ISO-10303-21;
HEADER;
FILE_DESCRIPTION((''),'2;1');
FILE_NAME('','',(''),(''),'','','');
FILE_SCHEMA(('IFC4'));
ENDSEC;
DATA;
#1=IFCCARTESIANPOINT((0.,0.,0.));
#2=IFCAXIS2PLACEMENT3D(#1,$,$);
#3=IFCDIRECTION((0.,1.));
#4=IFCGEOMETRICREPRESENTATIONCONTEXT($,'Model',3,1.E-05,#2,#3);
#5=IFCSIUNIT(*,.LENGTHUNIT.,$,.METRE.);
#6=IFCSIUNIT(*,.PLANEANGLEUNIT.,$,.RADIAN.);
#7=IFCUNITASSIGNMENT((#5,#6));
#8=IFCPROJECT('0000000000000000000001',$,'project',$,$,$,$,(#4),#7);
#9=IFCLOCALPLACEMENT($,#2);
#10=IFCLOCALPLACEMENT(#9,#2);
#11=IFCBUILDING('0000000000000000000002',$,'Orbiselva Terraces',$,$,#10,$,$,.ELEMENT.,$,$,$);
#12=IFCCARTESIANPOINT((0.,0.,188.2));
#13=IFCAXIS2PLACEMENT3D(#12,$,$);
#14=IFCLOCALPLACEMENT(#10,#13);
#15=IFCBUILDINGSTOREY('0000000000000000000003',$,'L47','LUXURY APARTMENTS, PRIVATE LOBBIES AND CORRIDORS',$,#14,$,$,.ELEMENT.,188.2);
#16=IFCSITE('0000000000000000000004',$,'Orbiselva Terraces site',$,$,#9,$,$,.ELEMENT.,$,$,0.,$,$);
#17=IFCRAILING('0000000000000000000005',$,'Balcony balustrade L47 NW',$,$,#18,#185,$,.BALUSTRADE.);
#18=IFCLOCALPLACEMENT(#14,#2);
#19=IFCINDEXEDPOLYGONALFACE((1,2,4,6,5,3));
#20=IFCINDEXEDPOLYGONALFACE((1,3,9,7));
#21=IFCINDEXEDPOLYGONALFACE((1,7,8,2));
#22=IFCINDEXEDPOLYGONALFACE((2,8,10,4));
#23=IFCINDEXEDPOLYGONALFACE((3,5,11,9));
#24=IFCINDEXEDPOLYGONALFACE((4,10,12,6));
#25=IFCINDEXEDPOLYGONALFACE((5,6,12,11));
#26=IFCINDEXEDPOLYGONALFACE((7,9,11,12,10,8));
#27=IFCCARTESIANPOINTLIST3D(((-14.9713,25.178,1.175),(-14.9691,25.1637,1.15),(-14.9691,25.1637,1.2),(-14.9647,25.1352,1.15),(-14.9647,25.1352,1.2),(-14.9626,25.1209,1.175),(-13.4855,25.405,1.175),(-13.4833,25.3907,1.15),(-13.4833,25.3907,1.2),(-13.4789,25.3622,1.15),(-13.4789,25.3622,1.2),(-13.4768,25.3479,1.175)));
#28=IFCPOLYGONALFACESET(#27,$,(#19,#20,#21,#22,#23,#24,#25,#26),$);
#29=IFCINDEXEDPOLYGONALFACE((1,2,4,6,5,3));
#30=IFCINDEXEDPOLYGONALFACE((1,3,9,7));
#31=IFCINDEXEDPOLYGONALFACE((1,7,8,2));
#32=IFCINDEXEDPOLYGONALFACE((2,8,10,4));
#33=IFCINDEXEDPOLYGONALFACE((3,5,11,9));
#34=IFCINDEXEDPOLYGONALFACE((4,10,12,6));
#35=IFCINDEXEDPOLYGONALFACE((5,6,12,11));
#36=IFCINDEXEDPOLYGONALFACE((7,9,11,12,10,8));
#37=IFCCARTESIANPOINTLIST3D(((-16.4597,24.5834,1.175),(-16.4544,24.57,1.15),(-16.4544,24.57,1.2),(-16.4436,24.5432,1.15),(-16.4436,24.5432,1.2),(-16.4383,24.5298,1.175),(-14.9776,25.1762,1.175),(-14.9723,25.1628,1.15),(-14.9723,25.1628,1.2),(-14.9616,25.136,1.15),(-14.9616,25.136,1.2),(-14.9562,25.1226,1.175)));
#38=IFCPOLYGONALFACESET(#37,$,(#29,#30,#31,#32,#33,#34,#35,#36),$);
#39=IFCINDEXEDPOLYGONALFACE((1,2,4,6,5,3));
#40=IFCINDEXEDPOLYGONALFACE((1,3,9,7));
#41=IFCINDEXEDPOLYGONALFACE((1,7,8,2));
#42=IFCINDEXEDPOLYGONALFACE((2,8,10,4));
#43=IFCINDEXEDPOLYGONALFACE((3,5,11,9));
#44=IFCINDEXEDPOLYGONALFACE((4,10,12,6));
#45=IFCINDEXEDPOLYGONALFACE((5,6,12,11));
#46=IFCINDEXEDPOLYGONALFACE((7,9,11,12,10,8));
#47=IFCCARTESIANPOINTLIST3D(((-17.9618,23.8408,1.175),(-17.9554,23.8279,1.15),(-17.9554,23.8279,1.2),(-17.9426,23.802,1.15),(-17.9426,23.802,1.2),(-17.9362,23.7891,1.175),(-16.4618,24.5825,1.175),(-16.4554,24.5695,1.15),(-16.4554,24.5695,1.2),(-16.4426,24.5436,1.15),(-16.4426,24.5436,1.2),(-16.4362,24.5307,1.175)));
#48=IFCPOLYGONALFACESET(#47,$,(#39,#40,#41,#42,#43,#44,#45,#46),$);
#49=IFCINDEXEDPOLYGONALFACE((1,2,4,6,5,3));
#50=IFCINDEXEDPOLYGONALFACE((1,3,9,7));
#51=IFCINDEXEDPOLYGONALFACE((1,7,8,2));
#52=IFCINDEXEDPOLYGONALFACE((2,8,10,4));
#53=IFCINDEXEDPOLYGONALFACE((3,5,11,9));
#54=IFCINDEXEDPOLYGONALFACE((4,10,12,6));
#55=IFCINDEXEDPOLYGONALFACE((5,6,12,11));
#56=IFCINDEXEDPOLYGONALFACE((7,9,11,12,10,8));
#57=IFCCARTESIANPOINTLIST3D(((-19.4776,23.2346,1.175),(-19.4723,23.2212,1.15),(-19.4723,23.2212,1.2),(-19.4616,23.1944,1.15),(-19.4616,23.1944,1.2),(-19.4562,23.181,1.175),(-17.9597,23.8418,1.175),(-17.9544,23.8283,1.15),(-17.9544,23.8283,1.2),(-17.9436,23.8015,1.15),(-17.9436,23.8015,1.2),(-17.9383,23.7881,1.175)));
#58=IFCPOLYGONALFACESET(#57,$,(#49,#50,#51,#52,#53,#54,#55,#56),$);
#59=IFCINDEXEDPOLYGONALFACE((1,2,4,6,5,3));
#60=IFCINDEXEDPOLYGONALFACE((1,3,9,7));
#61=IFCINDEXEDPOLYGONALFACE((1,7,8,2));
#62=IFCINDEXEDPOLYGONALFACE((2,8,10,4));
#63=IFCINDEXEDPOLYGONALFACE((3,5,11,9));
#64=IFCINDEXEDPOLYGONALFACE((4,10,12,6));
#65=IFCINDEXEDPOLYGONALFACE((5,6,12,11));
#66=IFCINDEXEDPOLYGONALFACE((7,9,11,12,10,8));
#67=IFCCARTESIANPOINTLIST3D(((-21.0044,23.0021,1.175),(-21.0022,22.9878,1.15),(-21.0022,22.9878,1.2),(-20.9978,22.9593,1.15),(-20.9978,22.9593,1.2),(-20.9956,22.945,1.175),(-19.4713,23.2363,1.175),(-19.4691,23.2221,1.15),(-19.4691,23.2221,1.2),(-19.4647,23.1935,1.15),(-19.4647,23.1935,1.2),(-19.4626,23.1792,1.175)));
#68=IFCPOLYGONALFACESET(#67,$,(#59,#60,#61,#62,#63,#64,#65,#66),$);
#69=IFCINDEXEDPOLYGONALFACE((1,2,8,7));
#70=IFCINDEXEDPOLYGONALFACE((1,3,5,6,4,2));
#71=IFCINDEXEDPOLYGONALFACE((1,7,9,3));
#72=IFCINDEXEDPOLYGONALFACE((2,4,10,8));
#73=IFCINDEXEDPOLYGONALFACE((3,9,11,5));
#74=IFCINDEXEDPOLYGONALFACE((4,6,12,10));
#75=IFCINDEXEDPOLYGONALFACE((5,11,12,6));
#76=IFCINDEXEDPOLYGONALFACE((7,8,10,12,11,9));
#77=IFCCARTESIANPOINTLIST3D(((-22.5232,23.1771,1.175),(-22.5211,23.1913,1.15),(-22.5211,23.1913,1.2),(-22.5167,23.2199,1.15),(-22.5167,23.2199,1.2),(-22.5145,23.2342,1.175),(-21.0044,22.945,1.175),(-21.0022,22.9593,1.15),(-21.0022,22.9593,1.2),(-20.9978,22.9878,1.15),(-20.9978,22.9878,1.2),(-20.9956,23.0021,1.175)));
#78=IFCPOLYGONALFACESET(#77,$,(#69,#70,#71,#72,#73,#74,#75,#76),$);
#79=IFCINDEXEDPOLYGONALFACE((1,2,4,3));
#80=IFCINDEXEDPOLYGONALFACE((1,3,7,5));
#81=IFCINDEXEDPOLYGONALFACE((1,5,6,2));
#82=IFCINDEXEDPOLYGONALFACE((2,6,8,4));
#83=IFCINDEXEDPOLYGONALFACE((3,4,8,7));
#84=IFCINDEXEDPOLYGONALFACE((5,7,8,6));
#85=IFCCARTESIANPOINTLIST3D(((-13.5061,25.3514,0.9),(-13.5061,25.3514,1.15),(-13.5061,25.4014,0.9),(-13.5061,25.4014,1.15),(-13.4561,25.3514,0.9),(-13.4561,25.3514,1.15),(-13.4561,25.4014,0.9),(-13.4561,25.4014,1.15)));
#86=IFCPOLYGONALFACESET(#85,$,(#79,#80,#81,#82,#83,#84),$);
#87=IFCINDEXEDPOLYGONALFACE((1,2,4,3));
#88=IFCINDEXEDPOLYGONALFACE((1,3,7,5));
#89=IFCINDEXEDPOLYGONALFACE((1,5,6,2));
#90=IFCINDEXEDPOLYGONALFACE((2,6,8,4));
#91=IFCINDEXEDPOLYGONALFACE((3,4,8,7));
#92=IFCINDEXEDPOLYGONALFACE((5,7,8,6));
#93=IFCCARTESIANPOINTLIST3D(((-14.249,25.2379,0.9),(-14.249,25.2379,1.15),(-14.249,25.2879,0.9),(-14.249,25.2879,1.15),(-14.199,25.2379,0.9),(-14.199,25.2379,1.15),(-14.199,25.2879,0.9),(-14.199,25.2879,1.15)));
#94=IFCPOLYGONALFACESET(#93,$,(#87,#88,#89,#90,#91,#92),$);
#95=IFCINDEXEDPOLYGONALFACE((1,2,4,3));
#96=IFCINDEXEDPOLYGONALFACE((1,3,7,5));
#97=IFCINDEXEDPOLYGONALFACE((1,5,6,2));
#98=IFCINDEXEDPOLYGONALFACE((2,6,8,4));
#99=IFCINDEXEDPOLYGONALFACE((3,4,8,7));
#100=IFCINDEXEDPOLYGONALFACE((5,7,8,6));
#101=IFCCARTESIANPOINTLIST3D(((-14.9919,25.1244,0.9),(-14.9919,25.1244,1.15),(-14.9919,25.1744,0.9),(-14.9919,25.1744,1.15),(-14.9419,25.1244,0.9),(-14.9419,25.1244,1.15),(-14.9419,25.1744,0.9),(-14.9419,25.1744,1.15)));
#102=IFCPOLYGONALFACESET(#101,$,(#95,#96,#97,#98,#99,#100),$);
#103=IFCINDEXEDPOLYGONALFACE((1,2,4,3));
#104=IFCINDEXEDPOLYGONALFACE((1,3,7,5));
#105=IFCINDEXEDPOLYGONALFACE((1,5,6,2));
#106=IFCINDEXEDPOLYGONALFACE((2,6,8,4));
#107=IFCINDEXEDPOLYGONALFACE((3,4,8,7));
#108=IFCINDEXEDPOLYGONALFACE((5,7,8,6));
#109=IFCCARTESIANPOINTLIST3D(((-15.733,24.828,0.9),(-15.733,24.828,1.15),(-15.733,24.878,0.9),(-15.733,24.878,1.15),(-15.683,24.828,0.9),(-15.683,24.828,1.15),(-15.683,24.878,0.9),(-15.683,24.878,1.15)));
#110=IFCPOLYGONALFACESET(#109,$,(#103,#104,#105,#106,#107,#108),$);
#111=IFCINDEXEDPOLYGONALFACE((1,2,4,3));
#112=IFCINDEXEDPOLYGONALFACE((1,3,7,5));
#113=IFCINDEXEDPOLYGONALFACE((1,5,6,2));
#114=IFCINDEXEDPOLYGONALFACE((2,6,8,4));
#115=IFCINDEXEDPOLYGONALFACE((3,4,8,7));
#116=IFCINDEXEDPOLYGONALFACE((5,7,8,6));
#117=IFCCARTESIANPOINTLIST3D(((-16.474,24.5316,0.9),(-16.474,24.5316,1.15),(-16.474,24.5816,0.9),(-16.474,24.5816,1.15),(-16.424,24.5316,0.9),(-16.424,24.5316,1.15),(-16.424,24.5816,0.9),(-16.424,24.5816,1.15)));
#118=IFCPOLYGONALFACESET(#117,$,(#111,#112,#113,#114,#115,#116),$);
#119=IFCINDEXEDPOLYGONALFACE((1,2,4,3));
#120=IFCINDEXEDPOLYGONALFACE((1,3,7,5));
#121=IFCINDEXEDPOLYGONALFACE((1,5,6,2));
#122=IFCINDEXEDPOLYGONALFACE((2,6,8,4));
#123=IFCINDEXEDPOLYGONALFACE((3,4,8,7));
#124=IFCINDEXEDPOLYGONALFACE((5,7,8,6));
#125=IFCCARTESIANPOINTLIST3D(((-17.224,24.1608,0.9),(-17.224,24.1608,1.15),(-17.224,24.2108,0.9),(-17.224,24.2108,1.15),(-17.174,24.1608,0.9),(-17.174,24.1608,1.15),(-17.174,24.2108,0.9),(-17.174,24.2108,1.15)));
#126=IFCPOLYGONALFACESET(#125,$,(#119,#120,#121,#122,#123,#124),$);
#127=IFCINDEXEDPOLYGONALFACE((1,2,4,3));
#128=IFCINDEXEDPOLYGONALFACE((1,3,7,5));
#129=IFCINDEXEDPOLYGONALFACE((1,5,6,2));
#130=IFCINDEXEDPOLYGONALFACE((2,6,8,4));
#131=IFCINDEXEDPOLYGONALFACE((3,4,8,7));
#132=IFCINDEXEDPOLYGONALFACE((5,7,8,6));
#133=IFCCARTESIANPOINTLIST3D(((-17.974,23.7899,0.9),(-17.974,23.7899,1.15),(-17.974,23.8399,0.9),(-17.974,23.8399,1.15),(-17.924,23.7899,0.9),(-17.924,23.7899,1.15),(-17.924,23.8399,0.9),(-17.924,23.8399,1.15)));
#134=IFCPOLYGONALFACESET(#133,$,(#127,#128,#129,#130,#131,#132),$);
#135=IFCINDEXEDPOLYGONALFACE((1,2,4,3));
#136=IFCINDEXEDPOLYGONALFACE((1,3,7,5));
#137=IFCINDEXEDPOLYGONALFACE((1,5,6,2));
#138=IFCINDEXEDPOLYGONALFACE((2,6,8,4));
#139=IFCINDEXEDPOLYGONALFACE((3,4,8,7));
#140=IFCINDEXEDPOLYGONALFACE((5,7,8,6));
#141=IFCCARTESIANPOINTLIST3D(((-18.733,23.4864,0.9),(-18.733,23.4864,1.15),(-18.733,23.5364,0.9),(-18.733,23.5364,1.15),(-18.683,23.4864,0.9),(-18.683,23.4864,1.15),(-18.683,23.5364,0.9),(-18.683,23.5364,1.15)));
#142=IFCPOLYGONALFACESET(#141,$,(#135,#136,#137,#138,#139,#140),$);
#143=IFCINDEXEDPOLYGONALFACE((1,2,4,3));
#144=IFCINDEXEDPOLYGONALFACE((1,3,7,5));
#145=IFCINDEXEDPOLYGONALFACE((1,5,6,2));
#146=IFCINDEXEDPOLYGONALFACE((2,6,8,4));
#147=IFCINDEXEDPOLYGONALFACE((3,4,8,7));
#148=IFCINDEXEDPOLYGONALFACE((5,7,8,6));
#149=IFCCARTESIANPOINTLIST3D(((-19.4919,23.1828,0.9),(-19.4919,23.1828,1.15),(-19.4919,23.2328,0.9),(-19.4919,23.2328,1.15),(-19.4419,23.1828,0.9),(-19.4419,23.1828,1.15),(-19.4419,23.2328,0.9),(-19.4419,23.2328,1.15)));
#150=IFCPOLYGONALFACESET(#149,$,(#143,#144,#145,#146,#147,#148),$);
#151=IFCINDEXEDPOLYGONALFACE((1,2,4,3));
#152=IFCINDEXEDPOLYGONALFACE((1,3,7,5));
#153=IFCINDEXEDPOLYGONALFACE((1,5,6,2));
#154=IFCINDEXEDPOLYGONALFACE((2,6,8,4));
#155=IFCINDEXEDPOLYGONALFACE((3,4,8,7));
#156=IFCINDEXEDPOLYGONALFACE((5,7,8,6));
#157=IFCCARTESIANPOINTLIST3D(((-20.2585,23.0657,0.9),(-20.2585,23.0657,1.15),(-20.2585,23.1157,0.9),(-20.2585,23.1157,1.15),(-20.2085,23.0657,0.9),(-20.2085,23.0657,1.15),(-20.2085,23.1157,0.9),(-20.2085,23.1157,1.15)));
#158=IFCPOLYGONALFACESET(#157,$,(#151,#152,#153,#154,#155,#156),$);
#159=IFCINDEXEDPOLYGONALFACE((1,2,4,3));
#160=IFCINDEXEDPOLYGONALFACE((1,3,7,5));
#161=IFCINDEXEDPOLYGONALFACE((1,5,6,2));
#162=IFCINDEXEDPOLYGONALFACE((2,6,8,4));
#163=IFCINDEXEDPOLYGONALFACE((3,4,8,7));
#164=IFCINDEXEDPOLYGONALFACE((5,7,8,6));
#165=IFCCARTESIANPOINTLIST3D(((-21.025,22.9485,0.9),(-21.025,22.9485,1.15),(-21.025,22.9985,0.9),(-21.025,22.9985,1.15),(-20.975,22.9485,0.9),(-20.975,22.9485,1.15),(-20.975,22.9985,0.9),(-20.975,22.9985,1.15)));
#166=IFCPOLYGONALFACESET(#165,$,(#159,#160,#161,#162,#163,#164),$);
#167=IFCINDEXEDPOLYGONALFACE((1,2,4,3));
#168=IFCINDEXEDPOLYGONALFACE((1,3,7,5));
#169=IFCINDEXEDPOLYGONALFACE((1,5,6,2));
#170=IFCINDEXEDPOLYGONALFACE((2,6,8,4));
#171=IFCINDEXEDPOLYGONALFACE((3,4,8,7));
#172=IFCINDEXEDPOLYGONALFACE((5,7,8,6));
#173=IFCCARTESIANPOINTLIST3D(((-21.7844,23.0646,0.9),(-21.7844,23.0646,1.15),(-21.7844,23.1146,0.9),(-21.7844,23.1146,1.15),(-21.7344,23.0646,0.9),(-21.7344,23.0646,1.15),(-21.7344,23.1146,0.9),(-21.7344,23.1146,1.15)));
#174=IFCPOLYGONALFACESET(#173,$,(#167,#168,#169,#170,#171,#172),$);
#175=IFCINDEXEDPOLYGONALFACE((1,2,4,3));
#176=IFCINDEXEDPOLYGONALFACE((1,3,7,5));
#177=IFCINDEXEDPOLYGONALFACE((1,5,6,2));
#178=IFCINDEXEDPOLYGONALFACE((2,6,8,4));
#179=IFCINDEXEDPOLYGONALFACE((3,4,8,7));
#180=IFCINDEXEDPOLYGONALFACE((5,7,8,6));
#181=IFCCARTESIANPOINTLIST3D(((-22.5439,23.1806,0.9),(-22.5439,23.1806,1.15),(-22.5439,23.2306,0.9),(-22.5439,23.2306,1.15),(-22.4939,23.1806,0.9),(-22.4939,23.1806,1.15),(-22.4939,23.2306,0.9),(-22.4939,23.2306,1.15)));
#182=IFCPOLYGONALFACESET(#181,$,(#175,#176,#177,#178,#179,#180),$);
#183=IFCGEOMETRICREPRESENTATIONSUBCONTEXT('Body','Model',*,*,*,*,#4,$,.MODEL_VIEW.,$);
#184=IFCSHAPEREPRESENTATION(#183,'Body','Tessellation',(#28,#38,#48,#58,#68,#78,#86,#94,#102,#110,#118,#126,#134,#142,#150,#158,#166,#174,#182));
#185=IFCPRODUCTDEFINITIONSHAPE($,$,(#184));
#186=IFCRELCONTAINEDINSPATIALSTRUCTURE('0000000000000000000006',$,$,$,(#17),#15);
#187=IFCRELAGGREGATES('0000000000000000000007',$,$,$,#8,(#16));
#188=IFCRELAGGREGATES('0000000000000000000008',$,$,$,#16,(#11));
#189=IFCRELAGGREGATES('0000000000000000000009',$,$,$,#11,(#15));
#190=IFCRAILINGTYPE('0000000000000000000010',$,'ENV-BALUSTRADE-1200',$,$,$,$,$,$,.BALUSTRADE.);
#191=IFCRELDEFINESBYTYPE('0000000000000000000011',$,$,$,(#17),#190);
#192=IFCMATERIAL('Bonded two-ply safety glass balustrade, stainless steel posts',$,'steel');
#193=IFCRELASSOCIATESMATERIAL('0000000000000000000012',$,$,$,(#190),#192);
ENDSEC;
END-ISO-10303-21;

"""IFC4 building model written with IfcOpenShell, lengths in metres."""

from ifc_helpers import new_model, si_unit, direction, frame, origin, origin_2d, place, context, subcontext, project, spatial, polyline, rectangle, outline, extrude, material, type_object, element, save


model = new_model("IFC4")

# Units and contexts
model_context = context("Model", 3, precision=1e-05, world=origin(), true_north=direction((0.0, 1.0)))
body_context = subcontext(model_context, "Body", "Model", "MODEL_VIEW")
ifc_project = project(units=[si_unit("LENGTHUNIT", "METRE"), si_unit("PLANEANGLEUNIT", "RADIAN")], contexts=[model_context])

# Site, building, storey
site_placement = place(None, origin())
site = spatial("IfcSite", under=ifc_project, at=site_placement, Name="Orbiselva Terraces site", CompositionType="ELEMENT", RefElevation=0.0)
building_placement = place(site_placement, origin())
building = spatial("IfcBuilding", under=site, at=building_placement, Name="Orbiselva Terraces", CompositionType="ELEMENT")
storey_placement = place(building_placement, frame((0.0, 0.0, 188.2)))
storey = spatial("IfcBuildingStorey", under=building, at=storey_placement, Name="L47", Description="LUXURY APARTMENTS, PRIVATE LOBBIES AND CORRIDORS", CompositionType="ELEMENT", Elevation=188.2)

# Railing
ifc_material_1 = material(Name="Bonded two-ply safety glass balustrade, stainless steel posts", Category="steel")
railing_type_1 = type_object("IfcRailingType", Name="ENV-BALUSTRADE-1200", PredefinedType="BALUSTRADE", material=ifc_material_1)
railing_1_placement = place(storey_placement, frame((-13.4811, 25.3764, 0.9)))
element("IfcRailing", 1, at=railing_1_placement, inside=storey, type_object=railing_type_1, Name="Balcony balustrade L47 NW", PredefinedType="BALUSTRADE", context=body_context, shape_type="SweptSolid", body=[
    extrude(outline(polyline([(0.0289, 0.0), (0.0144, 0.025), (-0.0144, 0.025), (-0.0289, 0.0), (-0.0144, -0.025), (0.0144, -0.025), (0.0289, 0.0)])), frame((0.0, 0.0, 0.275), z_axis=(-0.988529, -0.151034, 0.0), x_axis=(0.151034, -0.988529, 0.0)), (0.0, 0.0, 1.0), 1.503),
    extrude(outline(polyline([(0.0289, 0.0), (0.0144, 0.025), (-0.0144, 0.025), (-0.0289, 0.0), (-0.0144, -0.025), (0.0144, -0.025), (0.0289, 0.0)])), frame((-1.4858, -0.227, 0.275), z_axis=(-0.928477, -0.371391, 0.0), x_axis=(0.371391, -0.928477, 0.0)), (0.0, 0.0, 1.0), 1.5963),
    extrude(outline(polyline([(0.0289, 0.0), (0.0144, 0.025), (-0.0144, 0.025), (-0.0289, 0.0), (-0.0144, -0.025), (0.0144, -0.025), (0.0289, 0.0)])), frame((-2.9679, -0.8198, 0.275), z_axis=(-0.896417, -0.443212, 0.0), x_axis=(0.443212, -0.896417, 0.0)), (0.0, 0.0, 1.0), 1.6733),
    extrude(outline(polyline([(0.0289, 0.0), (0.0144, 0.025), (-0.0144, 0.025), (-0.0289, 0.0), (-0.0144, -0.025), (0.0144, -0.025), (0.0289, 0.0)])), frame((-4.4679, -1.5615, 0.275), z_axis=(-0.928477, -0.37139, 0.0), x_axis=(0.37139, -0.928477, 0.0)), (0.0, 0.0, 1.0), 1.6348),
    extrude(outline(polyline([(0.0289, 0.0), (0.0144, 0.025), (-0.0144, 0.025), (-0.0289, 0.0), (-0.0144, -0.025), (0.0144, -0.025), (0.0289, 0.0)])), frame((-5.9858, -2.1686, 0.275), z_axis=(-0.988529, -0.151034, 0.0), x_axis=(0.151034, -0.988529, 0.0)), (0.0, 0.0, 1.0), 1.5509),
    extrude(outline(polyline([(0.0289, 0.0), (0.0144, 0.025), (-0.0144, 0.025), (-0.0289, 0.0), (-0.0144, -0.025), (0.0144, -0.025), (0.0289, 0.0)])), frame((-7.5189, -2.4029, 0.275), z_axis=(-0.988529, 0.151034, 0.0), x_axis=(-0.151034, -0.988529, 0.0)), (0.0, 0.0, 1.0), 1.5365),
    extrude(rectangle(XDim=0.05, YDim=0.05, at=origin_2d()), origin(), (0.0, 0.0, 1.0), 0.25),
    extrude(rectangle(XDim=0.05, YDim=0.05, at=origin_2d()), frame((-0.7429, -0.1135, 0.0)), (0.0, 0.0, 1.0), 0.25),
    extrude(rectangle(XDim=0.05, YDim=0.05, at=origin_2d()), frame((-1.4858, -0.227, 0.0)), (0.0, 0.0, 1.0), 0.25),
    extrude(rectangle(XDim=0.05, YDim=0.05, at=origin_2d()), frame((-2.2268, -0.5234, 0.0)), (0.0, 0.0, 1.0), 0.25),
    extrude(rectangle(XDim=0.05, YDim=0.05, at=origin_2d()), frame((-2.9679, -0.8198, 0.0)), (0.0, 0.0, 1.0), 0.25),
    extrude(rectangle(XDim=0.05, YDim=0.05, at=origin_2d()), frame((-3.7179, -1.1907, 0.0)), (0.0, 0.0, 1.0), 0.25),
    extrude(rectangle(XDim=0.05, YDim=0.05, at=origin_2d()), frame((-4.4679, -1.5615, 0.0)), (0.0, 0.0, 1.0), 0.25),
    extrude(rectangle(XDim=0.05, YDim=0.05, at=origin_2d()), frame((-5.2268, -1.8651, 0.0)), (0.0, 0.0, 1.0), 0.25),
    extrude(rectangle(XDim=0.05, YDim=0.05, at=origin_2d()), frame((-5.9858, -2.1686, 0.0)), (0.0, 0.0, 1.0), 0.25),
    extrude(rectangle(XDim=0.05, YDim=0.05, at=origin_2d()), frame((-6.7523, -2.2858, 0.0)), (0.0, 0.0, 1.0), 0.25),
    extrude(rectangle(XDim=0.05, YDim=0.05, at=origin_2d()), frame((-7.5189, -2.4029, 0.0)), (0.0, 0.0, 1.0), 0.25),
    extrude(rectangle(XDim=0.05, YDim=0.05, at=origin_2d()), frame((-8.2783, -2.2869, 0.0)), (0.0, 0.0, 1.0), 0.25),
    extrude(rectangle(XDim=0.05, YDim=0.05, at=origin_2d()), frame((-9.0378, -2.1708, 0.0)), (0.0, 0.0, 1.0), 0.25),
])

save(model, "model.ifc")
